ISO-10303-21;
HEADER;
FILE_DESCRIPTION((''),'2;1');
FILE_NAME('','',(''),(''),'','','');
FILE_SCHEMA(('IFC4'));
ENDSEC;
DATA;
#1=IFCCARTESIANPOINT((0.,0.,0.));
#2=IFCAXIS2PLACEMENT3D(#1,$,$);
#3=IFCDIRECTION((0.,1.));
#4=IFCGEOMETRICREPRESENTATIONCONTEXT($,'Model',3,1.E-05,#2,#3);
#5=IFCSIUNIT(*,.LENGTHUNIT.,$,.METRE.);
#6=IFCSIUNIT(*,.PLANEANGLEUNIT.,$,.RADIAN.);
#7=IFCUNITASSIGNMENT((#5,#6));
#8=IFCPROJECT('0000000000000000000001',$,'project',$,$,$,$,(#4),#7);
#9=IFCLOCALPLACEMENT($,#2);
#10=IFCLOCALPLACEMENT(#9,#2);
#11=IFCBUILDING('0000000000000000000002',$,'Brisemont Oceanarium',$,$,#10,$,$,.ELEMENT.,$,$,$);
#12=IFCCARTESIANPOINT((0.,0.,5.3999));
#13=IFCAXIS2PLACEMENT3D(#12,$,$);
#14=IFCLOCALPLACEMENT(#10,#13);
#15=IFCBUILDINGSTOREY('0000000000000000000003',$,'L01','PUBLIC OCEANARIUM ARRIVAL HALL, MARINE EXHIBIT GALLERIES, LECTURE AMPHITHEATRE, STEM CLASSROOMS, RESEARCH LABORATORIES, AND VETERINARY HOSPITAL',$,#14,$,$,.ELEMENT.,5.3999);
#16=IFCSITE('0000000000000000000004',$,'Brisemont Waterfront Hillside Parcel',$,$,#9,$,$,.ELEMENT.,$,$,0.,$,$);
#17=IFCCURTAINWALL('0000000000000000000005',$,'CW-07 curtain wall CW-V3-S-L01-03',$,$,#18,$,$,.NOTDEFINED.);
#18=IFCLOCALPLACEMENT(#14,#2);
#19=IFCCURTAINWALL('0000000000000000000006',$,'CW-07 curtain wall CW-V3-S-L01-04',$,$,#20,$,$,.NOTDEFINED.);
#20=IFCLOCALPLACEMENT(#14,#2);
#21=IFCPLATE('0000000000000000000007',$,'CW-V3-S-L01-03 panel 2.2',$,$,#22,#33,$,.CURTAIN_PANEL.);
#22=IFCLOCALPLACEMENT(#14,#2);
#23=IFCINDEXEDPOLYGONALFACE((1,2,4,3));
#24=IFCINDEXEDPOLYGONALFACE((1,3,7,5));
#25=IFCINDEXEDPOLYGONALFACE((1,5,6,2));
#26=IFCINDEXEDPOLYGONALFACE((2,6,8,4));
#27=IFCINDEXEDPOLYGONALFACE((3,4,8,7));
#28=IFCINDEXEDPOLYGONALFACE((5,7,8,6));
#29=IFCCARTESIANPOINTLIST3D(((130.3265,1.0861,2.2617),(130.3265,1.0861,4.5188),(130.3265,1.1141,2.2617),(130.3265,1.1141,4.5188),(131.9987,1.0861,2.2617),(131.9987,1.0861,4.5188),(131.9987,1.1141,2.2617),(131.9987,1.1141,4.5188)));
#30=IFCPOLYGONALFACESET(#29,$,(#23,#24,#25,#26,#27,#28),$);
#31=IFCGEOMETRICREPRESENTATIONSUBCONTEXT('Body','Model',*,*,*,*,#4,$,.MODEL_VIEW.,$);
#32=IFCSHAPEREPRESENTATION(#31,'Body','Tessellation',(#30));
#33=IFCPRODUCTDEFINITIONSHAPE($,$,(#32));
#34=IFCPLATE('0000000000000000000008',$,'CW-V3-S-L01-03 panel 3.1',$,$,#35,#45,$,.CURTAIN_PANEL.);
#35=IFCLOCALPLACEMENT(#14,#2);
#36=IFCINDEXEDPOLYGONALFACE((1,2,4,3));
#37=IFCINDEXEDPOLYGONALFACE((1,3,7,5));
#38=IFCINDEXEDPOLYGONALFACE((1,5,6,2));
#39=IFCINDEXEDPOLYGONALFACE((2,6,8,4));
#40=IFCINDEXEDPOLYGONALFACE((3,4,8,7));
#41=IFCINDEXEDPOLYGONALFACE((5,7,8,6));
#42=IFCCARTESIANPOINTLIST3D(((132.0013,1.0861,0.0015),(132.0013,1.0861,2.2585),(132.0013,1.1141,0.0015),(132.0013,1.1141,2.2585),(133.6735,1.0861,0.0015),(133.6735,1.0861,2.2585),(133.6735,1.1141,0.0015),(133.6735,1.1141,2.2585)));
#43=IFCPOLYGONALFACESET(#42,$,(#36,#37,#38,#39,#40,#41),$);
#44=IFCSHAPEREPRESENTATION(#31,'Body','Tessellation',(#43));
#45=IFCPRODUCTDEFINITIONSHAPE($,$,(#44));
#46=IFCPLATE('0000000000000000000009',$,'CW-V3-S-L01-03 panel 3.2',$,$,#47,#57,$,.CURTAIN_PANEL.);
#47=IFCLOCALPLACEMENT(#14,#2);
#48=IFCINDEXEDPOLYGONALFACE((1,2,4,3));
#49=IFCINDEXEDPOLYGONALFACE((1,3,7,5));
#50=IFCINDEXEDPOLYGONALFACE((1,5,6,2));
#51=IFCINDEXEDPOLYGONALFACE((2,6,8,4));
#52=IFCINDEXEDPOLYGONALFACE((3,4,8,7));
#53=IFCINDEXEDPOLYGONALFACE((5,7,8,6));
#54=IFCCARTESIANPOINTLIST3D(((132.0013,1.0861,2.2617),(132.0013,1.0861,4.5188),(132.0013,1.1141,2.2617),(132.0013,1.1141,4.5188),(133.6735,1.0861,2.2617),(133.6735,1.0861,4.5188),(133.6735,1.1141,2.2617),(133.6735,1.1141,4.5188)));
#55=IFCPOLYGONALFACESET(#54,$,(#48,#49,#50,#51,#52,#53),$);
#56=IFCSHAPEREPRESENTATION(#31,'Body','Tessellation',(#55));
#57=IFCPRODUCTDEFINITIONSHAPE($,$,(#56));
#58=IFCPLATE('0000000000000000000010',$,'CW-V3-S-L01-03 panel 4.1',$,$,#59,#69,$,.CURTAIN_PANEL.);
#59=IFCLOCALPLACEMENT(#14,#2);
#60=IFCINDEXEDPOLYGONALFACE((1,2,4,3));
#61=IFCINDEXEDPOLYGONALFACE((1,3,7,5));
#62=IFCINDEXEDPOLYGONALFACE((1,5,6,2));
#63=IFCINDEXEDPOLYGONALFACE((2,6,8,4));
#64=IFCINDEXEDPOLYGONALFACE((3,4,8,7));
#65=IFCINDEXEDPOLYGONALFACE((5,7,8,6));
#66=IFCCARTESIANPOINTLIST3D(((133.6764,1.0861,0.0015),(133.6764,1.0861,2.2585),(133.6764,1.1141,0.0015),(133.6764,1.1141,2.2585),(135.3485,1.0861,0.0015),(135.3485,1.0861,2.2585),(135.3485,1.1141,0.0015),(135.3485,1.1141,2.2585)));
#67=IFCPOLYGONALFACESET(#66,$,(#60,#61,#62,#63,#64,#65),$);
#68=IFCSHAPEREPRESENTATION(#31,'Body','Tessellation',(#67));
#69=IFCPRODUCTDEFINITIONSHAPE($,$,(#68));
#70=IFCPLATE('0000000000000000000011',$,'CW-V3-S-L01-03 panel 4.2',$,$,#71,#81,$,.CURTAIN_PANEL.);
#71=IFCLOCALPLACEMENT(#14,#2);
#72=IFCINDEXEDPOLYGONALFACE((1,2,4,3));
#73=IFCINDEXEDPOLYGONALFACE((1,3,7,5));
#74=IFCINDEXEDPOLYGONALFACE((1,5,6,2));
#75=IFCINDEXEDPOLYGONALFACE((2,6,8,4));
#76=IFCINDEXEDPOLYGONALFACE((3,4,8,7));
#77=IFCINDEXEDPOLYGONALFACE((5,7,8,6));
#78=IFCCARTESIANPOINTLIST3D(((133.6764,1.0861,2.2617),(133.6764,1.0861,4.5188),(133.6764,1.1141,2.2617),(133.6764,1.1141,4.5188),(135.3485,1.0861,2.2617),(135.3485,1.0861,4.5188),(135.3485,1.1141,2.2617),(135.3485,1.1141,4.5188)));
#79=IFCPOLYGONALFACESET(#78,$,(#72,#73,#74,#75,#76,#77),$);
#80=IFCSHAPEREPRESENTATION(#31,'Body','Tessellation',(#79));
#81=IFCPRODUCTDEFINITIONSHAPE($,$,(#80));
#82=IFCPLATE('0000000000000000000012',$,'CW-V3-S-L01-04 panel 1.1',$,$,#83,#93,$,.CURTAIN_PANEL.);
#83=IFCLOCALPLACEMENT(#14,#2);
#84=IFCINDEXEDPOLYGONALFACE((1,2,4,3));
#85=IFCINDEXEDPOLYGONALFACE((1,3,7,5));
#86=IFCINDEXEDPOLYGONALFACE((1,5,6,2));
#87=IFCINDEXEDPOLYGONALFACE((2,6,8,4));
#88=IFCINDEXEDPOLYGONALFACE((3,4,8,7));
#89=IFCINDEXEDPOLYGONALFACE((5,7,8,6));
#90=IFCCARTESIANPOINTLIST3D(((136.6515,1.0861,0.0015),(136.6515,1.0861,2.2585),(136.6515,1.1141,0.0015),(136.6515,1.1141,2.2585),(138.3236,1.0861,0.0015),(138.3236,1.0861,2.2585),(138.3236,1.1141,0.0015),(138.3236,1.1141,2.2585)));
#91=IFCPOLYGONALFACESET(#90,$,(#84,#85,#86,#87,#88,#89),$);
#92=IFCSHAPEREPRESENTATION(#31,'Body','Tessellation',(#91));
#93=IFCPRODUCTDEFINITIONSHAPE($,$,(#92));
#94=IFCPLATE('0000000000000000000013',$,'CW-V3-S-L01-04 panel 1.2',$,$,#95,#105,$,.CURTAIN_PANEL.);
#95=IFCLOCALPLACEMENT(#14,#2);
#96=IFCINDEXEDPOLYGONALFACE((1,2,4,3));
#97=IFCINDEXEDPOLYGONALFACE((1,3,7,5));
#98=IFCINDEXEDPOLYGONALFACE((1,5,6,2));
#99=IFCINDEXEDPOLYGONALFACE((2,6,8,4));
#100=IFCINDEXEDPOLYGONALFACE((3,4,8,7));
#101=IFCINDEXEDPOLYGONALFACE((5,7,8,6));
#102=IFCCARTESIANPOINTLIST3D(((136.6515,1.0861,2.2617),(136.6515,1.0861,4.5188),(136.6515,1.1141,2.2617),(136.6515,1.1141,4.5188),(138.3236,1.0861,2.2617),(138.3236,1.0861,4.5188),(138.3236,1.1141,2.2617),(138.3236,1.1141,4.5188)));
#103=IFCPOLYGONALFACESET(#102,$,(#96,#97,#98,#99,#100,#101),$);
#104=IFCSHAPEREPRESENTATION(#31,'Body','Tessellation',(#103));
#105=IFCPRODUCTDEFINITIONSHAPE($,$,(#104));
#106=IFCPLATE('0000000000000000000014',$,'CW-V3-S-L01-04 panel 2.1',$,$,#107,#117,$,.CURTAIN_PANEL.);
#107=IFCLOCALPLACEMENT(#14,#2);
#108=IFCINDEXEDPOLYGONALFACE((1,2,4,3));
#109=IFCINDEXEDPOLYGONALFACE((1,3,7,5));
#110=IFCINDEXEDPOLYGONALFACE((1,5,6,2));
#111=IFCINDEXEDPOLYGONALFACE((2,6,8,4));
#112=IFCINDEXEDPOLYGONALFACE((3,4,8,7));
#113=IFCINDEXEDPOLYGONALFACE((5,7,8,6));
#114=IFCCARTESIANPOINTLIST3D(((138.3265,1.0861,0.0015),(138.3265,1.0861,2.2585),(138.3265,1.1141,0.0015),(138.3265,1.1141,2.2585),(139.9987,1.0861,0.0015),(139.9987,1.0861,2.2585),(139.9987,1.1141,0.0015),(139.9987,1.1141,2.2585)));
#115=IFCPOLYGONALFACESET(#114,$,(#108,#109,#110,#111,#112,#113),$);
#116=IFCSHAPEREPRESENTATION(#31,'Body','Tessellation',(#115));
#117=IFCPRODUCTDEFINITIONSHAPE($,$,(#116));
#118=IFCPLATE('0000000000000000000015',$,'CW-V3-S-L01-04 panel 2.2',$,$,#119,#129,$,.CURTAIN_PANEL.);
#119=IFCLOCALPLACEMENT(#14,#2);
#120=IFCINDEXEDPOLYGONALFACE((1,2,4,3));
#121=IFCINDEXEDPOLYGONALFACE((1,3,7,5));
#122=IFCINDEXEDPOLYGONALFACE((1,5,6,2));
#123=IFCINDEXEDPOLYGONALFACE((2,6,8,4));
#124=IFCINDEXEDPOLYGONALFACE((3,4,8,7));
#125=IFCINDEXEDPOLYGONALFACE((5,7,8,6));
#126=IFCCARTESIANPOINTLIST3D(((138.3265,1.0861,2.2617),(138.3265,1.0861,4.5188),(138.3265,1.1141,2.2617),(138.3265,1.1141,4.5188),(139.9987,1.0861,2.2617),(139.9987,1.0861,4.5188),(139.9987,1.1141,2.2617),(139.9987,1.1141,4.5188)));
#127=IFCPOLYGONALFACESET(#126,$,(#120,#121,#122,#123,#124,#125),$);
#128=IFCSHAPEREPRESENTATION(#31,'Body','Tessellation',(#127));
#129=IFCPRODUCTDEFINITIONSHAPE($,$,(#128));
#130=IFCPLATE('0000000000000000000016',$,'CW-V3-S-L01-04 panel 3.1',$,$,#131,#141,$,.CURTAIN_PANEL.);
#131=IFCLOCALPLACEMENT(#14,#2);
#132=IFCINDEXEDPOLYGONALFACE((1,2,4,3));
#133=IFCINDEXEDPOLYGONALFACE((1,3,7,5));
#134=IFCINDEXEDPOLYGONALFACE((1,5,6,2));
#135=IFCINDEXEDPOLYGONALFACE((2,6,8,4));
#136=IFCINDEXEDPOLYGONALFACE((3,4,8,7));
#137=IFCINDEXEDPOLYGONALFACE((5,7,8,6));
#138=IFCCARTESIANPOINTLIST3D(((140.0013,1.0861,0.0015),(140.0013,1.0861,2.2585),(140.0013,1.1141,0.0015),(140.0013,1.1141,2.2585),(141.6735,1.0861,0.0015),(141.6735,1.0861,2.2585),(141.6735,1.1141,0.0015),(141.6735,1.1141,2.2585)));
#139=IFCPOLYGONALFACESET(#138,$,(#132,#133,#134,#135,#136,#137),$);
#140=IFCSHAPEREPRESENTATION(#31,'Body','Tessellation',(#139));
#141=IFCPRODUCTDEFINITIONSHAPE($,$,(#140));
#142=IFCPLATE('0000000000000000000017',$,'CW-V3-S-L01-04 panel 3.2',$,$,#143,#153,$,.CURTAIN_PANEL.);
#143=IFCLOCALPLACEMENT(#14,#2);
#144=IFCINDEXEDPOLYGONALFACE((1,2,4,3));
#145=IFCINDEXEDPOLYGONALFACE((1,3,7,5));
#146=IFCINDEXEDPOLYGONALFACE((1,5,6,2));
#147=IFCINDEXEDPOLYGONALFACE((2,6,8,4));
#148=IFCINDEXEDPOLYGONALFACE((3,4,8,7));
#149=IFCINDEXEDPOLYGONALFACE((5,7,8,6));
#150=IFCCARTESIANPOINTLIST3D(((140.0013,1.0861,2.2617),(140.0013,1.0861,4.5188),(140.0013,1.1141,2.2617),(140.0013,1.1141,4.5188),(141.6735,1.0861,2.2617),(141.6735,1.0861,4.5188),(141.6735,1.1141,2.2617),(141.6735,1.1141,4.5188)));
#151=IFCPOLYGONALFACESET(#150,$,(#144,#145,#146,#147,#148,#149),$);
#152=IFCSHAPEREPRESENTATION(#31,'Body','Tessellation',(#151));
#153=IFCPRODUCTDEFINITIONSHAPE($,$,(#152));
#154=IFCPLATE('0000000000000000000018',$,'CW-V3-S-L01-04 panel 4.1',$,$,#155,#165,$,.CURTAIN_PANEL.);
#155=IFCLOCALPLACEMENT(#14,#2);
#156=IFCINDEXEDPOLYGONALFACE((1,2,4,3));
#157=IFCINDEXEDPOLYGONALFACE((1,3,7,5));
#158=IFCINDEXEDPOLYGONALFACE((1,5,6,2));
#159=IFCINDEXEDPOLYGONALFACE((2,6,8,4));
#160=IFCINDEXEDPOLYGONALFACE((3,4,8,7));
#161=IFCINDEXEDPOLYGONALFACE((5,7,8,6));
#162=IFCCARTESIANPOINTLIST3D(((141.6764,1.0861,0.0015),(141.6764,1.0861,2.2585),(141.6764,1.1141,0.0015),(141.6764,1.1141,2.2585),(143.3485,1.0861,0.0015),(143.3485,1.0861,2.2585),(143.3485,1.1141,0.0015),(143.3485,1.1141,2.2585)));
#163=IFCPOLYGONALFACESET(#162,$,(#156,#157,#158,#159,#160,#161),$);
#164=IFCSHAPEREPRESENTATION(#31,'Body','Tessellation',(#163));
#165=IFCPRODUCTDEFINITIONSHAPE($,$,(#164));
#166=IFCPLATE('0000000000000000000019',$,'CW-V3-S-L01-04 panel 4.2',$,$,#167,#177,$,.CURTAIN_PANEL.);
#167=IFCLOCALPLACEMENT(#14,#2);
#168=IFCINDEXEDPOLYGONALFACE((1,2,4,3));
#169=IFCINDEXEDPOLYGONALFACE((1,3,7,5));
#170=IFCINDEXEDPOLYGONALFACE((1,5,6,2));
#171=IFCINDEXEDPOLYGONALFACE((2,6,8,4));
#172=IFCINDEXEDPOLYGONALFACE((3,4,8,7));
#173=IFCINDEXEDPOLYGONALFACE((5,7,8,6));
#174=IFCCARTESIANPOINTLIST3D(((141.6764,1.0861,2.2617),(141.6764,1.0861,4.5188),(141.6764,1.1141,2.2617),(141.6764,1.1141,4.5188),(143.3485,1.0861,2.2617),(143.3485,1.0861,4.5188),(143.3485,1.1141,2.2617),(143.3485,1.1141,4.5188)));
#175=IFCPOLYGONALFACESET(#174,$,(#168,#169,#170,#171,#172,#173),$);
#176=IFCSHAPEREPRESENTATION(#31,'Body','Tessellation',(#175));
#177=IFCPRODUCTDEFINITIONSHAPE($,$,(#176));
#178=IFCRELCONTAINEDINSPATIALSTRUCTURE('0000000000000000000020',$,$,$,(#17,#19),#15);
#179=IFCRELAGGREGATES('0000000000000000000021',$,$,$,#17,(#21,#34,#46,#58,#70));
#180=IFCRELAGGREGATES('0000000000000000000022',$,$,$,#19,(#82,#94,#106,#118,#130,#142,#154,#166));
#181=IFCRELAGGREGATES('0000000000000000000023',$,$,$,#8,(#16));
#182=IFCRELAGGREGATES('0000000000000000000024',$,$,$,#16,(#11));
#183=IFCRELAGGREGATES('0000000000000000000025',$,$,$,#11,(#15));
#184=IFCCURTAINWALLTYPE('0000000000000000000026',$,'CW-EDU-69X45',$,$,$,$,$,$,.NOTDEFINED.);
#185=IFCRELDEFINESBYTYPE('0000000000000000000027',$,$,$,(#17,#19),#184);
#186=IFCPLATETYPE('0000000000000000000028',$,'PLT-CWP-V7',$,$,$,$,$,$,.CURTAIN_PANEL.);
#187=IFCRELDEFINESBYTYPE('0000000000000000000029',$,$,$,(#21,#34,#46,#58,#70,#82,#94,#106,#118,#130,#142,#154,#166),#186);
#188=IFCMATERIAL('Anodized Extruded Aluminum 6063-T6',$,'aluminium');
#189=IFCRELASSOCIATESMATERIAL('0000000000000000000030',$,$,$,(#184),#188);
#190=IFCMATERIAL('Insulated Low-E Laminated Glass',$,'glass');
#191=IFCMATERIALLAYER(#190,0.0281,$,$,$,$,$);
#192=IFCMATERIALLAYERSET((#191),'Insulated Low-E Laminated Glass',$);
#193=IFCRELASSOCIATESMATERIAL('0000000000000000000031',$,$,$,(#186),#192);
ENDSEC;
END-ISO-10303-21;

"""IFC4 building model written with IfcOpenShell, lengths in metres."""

from ifc_helpers import new_model, si_unit, direction, frame, origin, origin_2d, place, context, subcontext, project, spatial, rectangle, extrude, material, layer, layer_set, type_object, element, aggregate, save


model = new_model("IFC4")

# Units and contexts
model_context = context("Model", 3, precision=1e-05, world=origin(), true_north=direction((0.0, 1.0)))
body_context = subcontext(model_context, "Body", "Model", "MODEL_VIEW")
ifc_project = project(units=[si_unit("LENGTHUNIT", "METRE"), si_unit("PLANEANGLEUNIT", "RADIAN")], contexts=[model_context])

# Site, building, storey
site_placement = place(None, origin())
site = spatial("IfcSite", under=ifc_project, at=site_placement, Name="Brisemont Waterfront Hillside Parcel", CompositionType="ELEMENT", RefElevation=0.0)
building_placement = place(site_placement, origin())
building = spatial("IfcBuilding", under=site, at=building_placement, Name="Brisemont Oceanarium", CompositionType="ELEMENT")
storey_placement = place(building_placement, frame((0.0, 0.0, 5.3999)))
storey = spatial("IfcBuildingStorey", under=building, at=storey_placement, Name="L01", Description="PUBLIC OCEANARIUM ARRIVAL HALL, MARINE EXHIBIT GALLERIES, LECTURE AMPHITHEATRE, STEM CLASSROOMS, RESEARCH LABORATORIES, AND VETERINARY HOSPITAL", CompositionType="ELEMENT", Elevation=5.3999)

# Curtain walls
ifc_material_1 = material(Name="Anodized Extruded Aluminum 6063-T6", Category="aluminium")
curtain_wall_type = type_object("IfcCurtainWallType", Name="CW-EDU-69X45", PredefinedType="NOTDEFINED", material=ifc_material_1)
curtain_wall_1_placement = place(storey_placement, origin())
curtain_wall_1 = element("IfcCurtainWall", 1, at=curtain_wall_1_placement, inside=storey, type_object=curtain_wall_type, Name="CW-07 curtain wall CW-V3-S-L01-03", PredefinedType="NOTDEFINED")
curtain_wall_2_placement = place(storey_placement, origin())
curtain_wall_2 = element("IfcCurtainWall", 2, at=curtain_wall_2_placement, inside=storey, type_object=curtain_wall_type, Name="CW-07 curtain wall CW-V3-S-L01-04", PredefinedType="NOTDEFINED")

# Plates
ifc_material_2 = material(Name="Insulated Low-E Laminated Glass", Category="glass")
ifc_layer = layer(ifc_material_2, 0.0281)
ifc_layer_set = layer_set([ifc_layer], Name="Insulated Low-E Laminated Glass")
plate_type = type_object("IfcPlateType", Name="PLT-CWP-V7", PredefinedType="CURTAIN_PANEL", material=ifc_layer_set)
plate_1_placement = place(storey_placement, frame((131.1626, 1.1001, 2.2617), z_axis=(0.0, 0.0, 1.0), x_axis=(1.0, 0.0, 0.0)))
plate_1 = element("IfcPlate", 3, at=plate_1_placement, type_object=plate_type, Name="CW-V3-S-L01-03 panel 2.2", PredefinedType="CURTAIN_PANEL", context=body_context, shape_type="SweptSolid", body=[
    extrude(rectangle(XDim=1.6721, YDim=0.0281, at=origin_2d()), origin(), (0.0, 0.0, 1.0), 2.2571),
])
plate_2_placement = place(storey_placement, frame((132.8374, 1.1001, 0.0015), z_axis=(0.0, 0.0, 1.0), x_axis=(1.0, 0.0, 0.0)))
plate_2 = element("IfcPlate", 4, at=plate_2_placement, type_object=plate_type, Name="CW-V3-S-L01-03 panel 3.1", PredefinedType="CURTAIN_PANEL", context=body_context, shape_type="SweptSolid", body=[
    extrude(rectangle(XDim=1.6721, YDim=0.0281, at=origin_2d()), origin(), (0.0, 0.0, 1.0), 2.2571),
])
plate_3_placement = place(storey_placement, frame((132.8374, 1.1001, 2.2617), z_axis=(0.0, 0.0, 1.0), x_axis=(1.0, 0.0, 0.0)))
plate_3 = element("IfcPlate", 5, at=plate_3_placement, type_object=plate_type, Name="CW-V3-S-L01-03 panel 3.2", PredefinedType="CURTAIN_PANEL", context=body_context, shape_type="SweptSolid", body=[
    extrude(rectangle(XDim=1.6721, YDim=0.0281, at=origin_2d()), origin(), (0.0, 0.0, 1.0), 2.2571),
])
plate_4_placement = place(storey_placement, frame((134.5125, 1.1001, 0.0015), z_axis=(0.0, 0.0, 1.0), x_axis=(1.0, 0.0, 0.0)))
plate_4 = element("IfcPlate", 6, at=plate_4_placement, type_object=plate_type, Name="CW-V3-S-L01-03 panel 4.1", PredefinedType="CURTAIN_PANEL", context=body_context, shape_type="SweptSolid", body=[
    extrude(rectangle(XDim=1.6721, YDim=0.0281, at=origin_2d()), origin(), (0.0, 0.0, 1.0), 2.2571),
])
plate_5_placement = place(storey_placement, frame((134.5125, 1.1001, 2.2617), z_axis=(0.0, 0.0, 1.0), x_axis=(1.0, 0.0, 0.0)))
plate_5 = element("IfcPlate", 7, at=plate_5_placement, type_object=plate_type, Name="CW-V3-S-L01-03 panel 4.2", PredefinedType="CURTAIN_PANEL", context=body_context, shape_type="SweptSolid", body=[
    extrude(rectangle(XDim=1.6721, YDim=0.0281, at=origin_2d()), origin(), (0.0, 0.0, 1.0), 2.2571),
])
aggregate(curtain_wall_1, [plate_1, plate_2, plate_3, plate_4, plate_5])
plate_6_placement = place(storey_placement, frame((137.4875, 1.1001, 0.0015), z_axis=(0.0, 0.0, 1.0), x_axis=(1.0, 0.0, 0.0)))
plate_6 = element("IfcPlate", 8, at=plate_6_placement, type_object=plate_type, Name="CW-V3-S-L01-04 panel 1.1", PredefinedType="CURTAIN_PANEL", context=body_context, shape_type="SweptSolid", body=[
    extrude(rectangle(XDim=1.6721, YDim=0.0281, at=origin_2d()), origin(), (0.0, 0.0, 1.0), 2.2571),
])
plate_7_placement = place(storey_placement, frame((137.4875, 1.1001, 2.2617), z_axis=(0.0, 0.0, 1.0), x_axis=(1.0, 0.0, 0.0)))
plate_7 = element("IfcPlate", 9, at=plate_7_placement, type_object=plate_type, Name="CW-V3-S-L01-04 panel 1.2", PredefinedType="CURTAIN_PANEL", context=body_context, shape_type="SweptSolid", body=[
    extrude(rectangle(XDim=1.6721, YDim=0.0281, at=origin_2d()), origin(), (0.0, 0.0, 1.0), 2.2571),
])
plate_8_placement = place(storey_placement, frame((139.1626, 1.1001, 0.0015), z_axis=(0.0, 0.0, 1.0), x_axis=(1.0, 0.0, 0.0)))
plate_8 = element("IfcPlate", 10, at=plate_8_placement, type_object=plate_type, Name="CW-V3-S-L01-04 panel 2.1", PredefinedType="CURTAIN_PANEL", context=body_context, shape_type="SweptSolid", body=[
    extrude(rectangle(XDim=1.6721, YDim=0.0281, at=origin_2d()), origin(), (0.0, 0.0, 1.0), 2.2571),
])
plate_9_placement = place(storey_placement, frame((139.1626, 1.1001, 2.2617), z_axis=(0.0, 0.0, 1.0), x_axis=(1.0, 0.0, 0.0)))
plate_9 = element("IfcPlate", 11, at=plate_9_placement, type_object=plate_type, Name="CW-V3-S-L01-04 panel 2.2", PredefinedType="CURTAIN_PANEL", context=body_context, shape_type="SweptSolid", body=[
    extrude(rectangle(XDim=1.6721, YDim=0.0281, at=origin_2d()), origin(), (0.0, 0.0, 1.0), 2.2571),
])
plate_10_placement = place(storey_placement, frame((140.8374, 1.1001, 0.0015), z_axis=(0.0, 0.0, 1.0), x_axis=(1.0, 0.0, 0.0)))
plate_10 = element("IfcPlate", 12, at=plate_10_placement, type_object=plate_type, Name="CW-V3-S-L01-04 panel 3.1", PredefinedType="CURTAIN_PANEL", context=body_context, shape_type="SweptSolid", body=[
    extrude(rectangle(XDim=1.6721, YDim=0.0281, at=origin_2d()), origin(), (0.0, 0.0, 1.0), 2.2571),
])
plate_11_placement = place(storey_placement, frame((140.8374, 1.1001, 2.2617), z_axis=(0.0, 0.0, 1.0), x_axis=(1.0, 0.0, 0.0)))
plate_11 = element("IfcPlate", 13, at=plate_11_placement, type_object=plate_type, Name="CW-V3-S-L01-04 panel 3.2", PredefinedType="CURTAIN_PANEL", context=body_context, shape_type="SweptSolid", body=[
    extrude(rectangle(XDim=1.6721, YDim=0.0281, at=origin_2d()), origin(), (0.0, 0.0, 1.0), 2.2571),
])
plate_12_placement = place(storey_placement, frame((142.5125, 1.1001, 0.0015), z_axis=(0.0, 0.0, 1.0), x_axis=(1.0, 0.0, 0.0)))
plate_12 = element("IfcPlate", 14, at=plate_12_placement, type_object=plate_type, Name="CW-V3-S-L01-04 panel 4.1", PredefinedType="CURTAIN_PANEL", context=body_context, shape_type="SweptSolid", body=[
    extrude(rectangle(XDim=1.6721, YDim=0.0281, at=origin_2d()), origin(), (0.0, 0.0, 1.0), 2.2571),
])
plate_13_placement = place(storey_placement, frame((142.5125, 1.1001, 2.2617), z_axis=(0.0, 0.0, 1.0), x_axis=(1.0, 0.0, 0.0)))
plate_13 = element("IfcPlate", 15, at=plate_13_placement, type_object=plate_type, Name="CW-V3-S-L01-04 panel 4.2", PredefinedType="CURTAIN_PANEL", context=body_context, shape_type="SweptSolid", body=[
    extrude(rectangle(XDim=1.6721, YDim=0.0281, at=origin_2d()), origin(), (0.0, 0.0, 1.0), 2.2571),
])
aggregate(curtain_wall_2, [plate_6, plate_7, plate_8, plate_9, plate_10, plate_11, plate_12, plate_13])

save(model, "model.ifc")
